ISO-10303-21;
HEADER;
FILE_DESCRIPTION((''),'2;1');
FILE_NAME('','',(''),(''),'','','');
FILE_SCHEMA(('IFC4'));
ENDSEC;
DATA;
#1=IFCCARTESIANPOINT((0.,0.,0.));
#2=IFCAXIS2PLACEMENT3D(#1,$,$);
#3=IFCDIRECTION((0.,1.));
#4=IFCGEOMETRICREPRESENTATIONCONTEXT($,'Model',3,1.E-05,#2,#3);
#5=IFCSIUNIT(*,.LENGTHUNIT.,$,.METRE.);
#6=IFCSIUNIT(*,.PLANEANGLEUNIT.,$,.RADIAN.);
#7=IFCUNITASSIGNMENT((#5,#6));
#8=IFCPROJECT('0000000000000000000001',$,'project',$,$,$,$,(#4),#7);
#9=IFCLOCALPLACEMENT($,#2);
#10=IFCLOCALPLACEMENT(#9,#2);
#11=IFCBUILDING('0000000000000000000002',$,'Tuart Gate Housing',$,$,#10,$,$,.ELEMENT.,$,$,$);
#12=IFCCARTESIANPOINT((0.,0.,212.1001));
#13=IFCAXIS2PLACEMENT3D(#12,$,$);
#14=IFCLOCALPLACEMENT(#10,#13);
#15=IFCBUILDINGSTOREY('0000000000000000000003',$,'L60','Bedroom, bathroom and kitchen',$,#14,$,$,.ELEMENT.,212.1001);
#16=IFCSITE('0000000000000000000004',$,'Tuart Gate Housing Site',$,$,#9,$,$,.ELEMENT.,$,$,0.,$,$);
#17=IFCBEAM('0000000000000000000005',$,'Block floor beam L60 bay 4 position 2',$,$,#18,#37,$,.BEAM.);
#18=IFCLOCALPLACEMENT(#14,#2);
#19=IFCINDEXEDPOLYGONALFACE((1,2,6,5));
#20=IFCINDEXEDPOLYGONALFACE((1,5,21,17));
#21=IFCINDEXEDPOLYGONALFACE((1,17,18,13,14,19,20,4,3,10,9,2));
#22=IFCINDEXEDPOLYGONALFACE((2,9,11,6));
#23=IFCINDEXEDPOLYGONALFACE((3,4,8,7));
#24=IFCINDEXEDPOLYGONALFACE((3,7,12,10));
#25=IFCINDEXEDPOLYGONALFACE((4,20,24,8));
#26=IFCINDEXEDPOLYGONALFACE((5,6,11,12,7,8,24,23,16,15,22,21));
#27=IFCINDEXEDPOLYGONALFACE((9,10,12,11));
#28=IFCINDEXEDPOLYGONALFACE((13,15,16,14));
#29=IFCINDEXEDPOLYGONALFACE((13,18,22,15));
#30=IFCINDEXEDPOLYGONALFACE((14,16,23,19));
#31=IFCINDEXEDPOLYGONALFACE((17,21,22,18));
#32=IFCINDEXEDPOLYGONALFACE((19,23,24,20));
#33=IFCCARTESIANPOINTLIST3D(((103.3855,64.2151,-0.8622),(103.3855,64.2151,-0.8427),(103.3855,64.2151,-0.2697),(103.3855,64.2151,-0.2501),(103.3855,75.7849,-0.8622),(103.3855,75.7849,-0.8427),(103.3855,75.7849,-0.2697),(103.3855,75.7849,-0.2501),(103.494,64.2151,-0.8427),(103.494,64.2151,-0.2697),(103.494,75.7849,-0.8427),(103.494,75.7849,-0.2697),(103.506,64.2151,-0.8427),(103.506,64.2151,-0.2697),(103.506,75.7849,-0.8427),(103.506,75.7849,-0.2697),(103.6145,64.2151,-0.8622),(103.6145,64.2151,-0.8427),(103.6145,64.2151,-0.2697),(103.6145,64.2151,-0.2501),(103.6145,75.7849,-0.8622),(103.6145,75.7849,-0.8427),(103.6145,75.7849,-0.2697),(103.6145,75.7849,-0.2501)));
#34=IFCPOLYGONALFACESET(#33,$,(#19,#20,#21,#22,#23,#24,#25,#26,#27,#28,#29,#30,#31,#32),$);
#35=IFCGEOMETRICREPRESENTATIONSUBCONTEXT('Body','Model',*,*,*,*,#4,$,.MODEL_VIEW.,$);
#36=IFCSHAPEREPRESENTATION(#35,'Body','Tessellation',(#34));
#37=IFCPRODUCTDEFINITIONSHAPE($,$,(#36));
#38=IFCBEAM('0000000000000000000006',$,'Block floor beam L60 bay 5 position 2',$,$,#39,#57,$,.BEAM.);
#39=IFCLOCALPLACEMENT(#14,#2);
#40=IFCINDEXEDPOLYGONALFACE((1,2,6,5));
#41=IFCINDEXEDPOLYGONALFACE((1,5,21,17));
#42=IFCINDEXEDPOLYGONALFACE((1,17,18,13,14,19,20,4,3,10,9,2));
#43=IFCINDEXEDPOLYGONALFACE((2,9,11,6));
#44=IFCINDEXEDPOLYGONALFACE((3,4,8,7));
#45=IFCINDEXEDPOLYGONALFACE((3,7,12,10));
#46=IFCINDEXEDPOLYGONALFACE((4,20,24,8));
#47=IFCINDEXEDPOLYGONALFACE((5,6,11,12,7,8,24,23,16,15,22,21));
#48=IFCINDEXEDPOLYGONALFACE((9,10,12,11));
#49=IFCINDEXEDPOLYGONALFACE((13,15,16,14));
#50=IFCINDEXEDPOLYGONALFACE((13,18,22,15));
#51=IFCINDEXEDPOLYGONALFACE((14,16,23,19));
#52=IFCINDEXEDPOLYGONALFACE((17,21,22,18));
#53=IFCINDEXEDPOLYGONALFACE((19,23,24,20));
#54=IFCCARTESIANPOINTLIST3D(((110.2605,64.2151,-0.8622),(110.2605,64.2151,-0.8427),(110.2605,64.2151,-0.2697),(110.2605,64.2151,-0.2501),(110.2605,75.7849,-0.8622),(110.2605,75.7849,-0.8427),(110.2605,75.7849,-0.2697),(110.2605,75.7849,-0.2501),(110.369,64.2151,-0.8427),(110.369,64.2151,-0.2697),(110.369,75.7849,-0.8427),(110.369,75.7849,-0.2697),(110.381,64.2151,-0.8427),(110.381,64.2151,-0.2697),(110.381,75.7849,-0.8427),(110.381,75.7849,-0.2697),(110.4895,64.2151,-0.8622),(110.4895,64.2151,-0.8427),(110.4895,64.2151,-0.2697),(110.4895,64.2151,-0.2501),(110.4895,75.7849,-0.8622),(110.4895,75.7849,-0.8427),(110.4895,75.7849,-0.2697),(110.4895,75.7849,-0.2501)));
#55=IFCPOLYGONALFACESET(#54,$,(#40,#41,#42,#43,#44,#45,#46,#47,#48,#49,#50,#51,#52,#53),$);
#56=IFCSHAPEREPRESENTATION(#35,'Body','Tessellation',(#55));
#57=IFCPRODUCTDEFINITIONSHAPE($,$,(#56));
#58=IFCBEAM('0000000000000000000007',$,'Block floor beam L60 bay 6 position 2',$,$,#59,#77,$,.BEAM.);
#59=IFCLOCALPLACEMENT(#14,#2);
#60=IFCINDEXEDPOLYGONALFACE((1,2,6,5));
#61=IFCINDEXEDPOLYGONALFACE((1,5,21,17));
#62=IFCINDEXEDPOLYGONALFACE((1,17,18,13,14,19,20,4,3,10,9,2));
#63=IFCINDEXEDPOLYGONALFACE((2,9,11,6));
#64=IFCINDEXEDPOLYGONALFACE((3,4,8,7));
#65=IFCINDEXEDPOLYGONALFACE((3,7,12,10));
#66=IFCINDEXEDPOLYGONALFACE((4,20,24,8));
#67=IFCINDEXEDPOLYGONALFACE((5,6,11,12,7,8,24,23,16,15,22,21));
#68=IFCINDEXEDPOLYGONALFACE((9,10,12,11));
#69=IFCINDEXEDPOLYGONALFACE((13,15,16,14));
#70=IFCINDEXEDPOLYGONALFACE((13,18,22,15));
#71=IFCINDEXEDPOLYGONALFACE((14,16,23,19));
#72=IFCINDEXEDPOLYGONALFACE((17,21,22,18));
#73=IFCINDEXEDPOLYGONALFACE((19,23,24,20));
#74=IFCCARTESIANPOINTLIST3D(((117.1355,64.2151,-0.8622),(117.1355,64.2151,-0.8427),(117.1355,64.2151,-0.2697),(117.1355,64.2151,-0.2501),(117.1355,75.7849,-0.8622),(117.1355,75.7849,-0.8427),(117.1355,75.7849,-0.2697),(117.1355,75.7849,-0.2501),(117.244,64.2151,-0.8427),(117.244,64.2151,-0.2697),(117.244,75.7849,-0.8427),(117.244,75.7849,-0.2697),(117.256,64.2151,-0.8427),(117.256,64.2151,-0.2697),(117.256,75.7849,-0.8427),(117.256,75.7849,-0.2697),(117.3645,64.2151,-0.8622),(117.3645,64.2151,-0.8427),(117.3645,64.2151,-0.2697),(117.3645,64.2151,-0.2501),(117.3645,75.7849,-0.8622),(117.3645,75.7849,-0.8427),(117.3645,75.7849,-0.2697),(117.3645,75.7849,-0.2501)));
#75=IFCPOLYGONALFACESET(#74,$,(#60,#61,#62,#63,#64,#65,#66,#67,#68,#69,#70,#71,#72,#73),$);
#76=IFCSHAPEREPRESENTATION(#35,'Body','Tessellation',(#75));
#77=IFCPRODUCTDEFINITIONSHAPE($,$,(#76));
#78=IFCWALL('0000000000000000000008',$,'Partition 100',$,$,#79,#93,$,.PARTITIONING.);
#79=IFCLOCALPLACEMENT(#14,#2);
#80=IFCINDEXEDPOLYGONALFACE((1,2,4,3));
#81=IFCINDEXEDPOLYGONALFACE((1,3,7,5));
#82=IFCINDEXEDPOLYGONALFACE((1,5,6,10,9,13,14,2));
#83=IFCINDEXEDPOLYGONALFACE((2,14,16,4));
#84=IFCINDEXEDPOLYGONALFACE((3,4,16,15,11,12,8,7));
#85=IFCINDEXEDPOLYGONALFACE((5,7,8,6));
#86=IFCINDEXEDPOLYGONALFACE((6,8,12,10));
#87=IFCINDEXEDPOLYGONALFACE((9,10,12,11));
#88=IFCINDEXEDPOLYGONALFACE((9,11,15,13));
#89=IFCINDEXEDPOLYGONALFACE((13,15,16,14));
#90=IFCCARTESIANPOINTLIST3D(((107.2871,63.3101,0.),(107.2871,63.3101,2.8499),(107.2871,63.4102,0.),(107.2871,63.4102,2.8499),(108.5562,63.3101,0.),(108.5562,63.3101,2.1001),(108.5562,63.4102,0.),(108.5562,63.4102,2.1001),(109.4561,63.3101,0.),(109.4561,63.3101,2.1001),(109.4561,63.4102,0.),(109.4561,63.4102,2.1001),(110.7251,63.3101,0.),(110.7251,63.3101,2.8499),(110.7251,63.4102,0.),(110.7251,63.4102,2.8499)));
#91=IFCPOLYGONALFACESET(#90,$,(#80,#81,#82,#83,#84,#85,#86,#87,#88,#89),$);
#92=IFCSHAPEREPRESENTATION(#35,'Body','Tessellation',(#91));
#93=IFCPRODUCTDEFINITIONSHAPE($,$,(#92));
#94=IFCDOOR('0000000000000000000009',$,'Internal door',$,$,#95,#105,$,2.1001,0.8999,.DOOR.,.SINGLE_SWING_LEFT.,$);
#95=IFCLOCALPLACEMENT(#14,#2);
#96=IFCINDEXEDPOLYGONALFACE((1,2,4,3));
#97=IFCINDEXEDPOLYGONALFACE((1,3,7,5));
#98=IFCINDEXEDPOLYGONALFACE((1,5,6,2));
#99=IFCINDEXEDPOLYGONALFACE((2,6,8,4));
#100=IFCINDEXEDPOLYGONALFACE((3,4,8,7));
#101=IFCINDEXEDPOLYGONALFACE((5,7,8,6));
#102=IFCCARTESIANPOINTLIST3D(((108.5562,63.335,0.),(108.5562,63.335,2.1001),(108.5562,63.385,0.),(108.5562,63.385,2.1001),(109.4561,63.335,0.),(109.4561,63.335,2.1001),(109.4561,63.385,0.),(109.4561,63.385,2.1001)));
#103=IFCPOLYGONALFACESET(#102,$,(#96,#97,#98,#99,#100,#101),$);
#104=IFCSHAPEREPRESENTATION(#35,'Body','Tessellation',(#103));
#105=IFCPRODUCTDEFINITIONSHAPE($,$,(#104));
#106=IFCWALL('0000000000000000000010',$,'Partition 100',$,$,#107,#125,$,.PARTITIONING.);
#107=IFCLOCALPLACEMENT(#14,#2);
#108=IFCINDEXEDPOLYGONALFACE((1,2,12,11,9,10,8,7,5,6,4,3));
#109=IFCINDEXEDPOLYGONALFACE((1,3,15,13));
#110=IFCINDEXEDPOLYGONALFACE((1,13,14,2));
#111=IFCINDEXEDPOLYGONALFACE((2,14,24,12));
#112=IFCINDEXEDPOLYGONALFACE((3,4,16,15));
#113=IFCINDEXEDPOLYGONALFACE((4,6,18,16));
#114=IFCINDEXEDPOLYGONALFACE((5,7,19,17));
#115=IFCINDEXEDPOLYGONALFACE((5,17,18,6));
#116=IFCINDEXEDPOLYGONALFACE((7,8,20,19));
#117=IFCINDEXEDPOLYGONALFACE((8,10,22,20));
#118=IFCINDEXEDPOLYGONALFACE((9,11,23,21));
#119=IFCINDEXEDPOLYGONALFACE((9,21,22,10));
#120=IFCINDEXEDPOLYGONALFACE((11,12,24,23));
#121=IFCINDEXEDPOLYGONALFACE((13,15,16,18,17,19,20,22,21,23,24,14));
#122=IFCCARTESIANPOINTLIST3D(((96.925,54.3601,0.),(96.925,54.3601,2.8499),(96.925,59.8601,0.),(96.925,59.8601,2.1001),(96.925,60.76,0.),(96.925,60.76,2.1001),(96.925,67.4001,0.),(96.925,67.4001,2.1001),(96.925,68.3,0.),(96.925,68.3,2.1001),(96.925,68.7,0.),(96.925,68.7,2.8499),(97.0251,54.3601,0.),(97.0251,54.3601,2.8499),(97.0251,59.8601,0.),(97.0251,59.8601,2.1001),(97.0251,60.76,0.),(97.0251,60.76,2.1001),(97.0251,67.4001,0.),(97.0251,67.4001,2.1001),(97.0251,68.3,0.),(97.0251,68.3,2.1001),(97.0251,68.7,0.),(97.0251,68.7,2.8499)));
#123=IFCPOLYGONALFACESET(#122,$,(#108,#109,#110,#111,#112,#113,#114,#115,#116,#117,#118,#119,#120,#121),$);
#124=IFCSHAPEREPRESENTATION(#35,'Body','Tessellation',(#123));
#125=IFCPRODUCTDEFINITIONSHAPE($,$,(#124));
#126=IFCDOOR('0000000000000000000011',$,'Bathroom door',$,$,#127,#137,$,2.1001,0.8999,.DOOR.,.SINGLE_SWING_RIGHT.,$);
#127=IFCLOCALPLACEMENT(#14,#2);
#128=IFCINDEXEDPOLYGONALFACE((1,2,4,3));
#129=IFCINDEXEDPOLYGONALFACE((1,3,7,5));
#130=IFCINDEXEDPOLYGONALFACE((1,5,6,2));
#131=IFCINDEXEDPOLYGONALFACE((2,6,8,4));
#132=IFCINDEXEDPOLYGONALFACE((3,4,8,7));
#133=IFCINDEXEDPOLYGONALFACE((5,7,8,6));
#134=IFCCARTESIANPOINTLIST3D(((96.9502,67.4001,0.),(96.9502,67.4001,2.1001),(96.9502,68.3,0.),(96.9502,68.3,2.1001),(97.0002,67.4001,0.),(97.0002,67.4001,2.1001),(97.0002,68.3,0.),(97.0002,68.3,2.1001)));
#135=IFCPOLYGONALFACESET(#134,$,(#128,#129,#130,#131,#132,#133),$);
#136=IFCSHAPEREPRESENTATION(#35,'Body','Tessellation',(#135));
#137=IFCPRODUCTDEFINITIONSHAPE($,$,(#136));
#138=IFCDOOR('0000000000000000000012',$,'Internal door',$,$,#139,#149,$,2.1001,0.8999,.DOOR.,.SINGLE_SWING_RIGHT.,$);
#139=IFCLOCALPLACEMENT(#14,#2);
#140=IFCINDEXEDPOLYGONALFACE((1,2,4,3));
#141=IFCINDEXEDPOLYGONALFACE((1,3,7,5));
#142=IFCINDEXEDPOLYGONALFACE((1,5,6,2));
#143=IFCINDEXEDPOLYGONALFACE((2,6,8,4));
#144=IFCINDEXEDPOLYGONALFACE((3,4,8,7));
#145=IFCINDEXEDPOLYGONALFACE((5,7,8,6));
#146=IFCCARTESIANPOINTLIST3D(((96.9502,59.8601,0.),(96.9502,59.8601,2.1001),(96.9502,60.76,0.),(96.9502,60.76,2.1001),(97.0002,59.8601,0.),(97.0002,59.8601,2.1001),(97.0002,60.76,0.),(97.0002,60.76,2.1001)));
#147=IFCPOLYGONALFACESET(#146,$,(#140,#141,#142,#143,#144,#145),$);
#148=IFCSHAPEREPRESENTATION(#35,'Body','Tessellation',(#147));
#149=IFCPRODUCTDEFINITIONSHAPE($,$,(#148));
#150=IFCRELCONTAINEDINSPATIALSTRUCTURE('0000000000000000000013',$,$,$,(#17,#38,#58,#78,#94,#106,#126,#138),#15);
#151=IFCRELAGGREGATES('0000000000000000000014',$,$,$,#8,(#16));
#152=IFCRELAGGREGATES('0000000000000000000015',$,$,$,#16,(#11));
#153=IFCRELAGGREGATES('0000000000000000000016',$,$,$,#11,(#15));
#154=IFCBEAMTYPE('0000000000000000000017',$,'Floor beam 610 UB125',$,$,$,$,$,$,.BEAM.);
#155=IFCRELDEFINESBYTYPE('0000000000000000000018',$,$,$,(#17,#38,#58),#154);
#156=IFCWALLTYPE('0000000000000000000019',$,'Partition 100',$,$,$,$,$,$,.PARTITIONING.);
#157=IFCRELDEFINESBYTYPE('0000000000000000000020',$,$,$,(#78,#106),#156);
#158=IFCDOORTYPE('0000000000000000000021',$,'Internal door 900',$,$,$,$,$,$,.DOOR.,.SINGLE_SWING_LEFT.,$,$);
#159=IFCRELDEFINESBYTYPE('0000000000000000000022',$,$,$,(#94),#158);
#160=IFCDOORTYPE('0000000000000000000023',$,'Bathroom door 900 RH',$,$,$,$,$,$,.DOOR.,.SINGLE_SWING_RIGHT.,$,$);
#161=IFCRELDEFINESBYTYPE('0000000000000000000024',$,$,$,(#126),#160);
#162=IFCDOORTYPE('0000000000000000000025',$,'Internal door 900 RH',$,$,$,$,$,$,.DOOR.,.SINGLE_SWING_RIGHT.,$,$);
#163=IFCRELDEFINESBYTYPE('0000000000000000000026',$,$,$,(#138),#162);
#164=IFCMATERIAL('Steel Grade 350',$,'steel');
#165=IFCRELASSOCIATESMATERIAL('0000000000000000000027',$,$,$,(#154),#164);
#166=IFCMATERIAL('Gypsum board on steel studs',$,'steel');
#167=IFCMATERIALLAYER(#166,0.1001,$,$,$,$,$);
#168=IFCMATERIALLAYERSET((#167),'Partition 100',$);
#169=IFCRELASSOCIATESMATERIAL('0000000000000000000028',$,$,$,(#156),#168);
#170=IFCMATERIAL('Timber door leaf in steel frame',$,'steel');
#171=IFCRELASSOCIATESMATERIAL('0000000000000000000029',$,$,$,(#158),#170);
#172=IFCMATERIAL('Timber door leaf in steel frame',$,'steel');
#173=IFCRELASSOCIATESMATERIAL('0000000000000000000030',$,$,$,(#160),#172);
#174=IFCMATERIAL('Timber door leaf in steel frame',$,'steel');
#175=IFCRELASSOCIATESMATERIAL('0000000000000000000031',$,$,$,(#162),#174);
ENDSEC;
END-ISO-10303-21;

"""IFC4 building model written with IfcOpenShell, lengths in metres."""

from ifc_helpers import new_model, si_unit, direction, frame, frame_2d, origin, origin_2d, place, context, subcontext, project, spatial, rectangle, i_section, extrude, material, layer, layer_set, material_profile, profile_set, type_object, element, fill, save


model = new_model("IFC4")

# Units and contexts
model_context = context("Model", 3, precision=1e-05, world=origin(), true_north=direction((0.0, 1.0)))
body_context = subcontext(model_context, "Body", "Model", "MODEL_VIEW")
ifc_project = project(units=[si_unit("LENGTHUNIT", "METRE"), si_unit("PLANEANGLEUNIT", "RADIAN")], contexts=[model_context])

# Site, building, storey
site_placement = place(None, origin())
site = spatial("IfcSite", under=ifc_project, at=site_placement, Name="Tuart Gate Housing Site", CompositionType="ELEMENT", RefElevation=0.0)
building_placement = place(site_placement, origin())
building = spatial("IfcBuilding", under=site, at=building_placement, Name="Tuart Gate Housing", CompositionType="ELEMENT")
storey_placement = place(building_placement, frame((0.0, 0.0, 212.1001)))
storey = spatial("IfcBuildingStorey", under=building, at=storey_placement, Name="L60", Description="Bedroom, bathroom and kitchen", CompositionType="ELEMENT", Elevation=212.1001)

# Beams
ifc_material_1 = material(Name="Steel Grade 350", Category="steel")
ifc_material_profile_1 = material_profile(ifc_material_1, i_section(OverallWidth=0.229, OverallDepth=0.6121, WebThickness=0.012, FlangeThickness=0.0195, at=origin_2d()), Name="610UB125")
ifc_profile_set_1 = profile_set([ifc_material_profile_1], Name="Steel Grade 350")
beam_type_1 = type_object("IfcBeamType", Name="Floor beam 610 UB125", PredefinedType="BEAM", material=ifc_profile_set_1)
for number, where, z_axis, x_axis, name in (
    (1, (103.5, 64.2151, -0.5562), (0.0, 1.0, 0.0), (-1.0, 0.0, 0.0), "Block floor beam L60 bay 4 position 2"),
    (2, (110.375, 64.2151, -0.5562), (0.0, 1.0, 0.0), (-1.0, 0.0, 0.0), "Block floor beam L60 bay 5 position 2"),
    (3, (117.25, 64.2151, -0.5562), (0.0, 1.0, 0.0), (-1.0, 0.0, 0.0), "Block floor beam L60 bay 6 position 2"),
):
    element("IfcBeam", number, at=place(storey_placement, frame(where, z_axis=z_axis, x_axis=x_axis)), inside=storey, type_object=beam_type_1, Name=name, PredefinedType="BEAM", context=body_context, shape_type="SweptSolid", body=[
        extrude(i_section(OverallWidth=0.229, OverallDepth=0.6121, WebThickness=0.012, FlangeThickness=0.0195, at=origin_2d()), origin(), (0.0, 0.0, 1.0), 11.5698),
    ])

# Wall, opening, door
ifc_material_2 = material(Name="Gypsum board on steel studs", Category="steel")
ifc_layer_1 = layer(ifc_material_2, 0.1001)
ifc_layer_set_1 = layer_set([ifc_layer_1], Name="Partition 100")
wall_type_1 = type_object("IfcWallType", Name="Partition 100", PredefinedType="PARTITIONING", material=ifc_layer_set_1)
wall_1_placement = place(storey_placement, frame((107.2871, 63.3601, 0.0), z_axis=(0.0, 0.0, 1.0), x_axis=(1.0, 0.0, 0.0)))
wall_1 = element("IfcWall", 4, at=wall_1_placement, inside=storey, type_object=wall_type_1, Name="Partition 100", PredefinedType="PARTITIONING", context=body_context, shape_type="SweptSolid", body=[
    extrude(rectangle(XDim=3.438, YDim=0.1001, at=frame_2d((1.719, 0.0))), origin(), (0.0, 0.0, 1.0), 2.8499),
])
opening_1_placement = place(wall_1_placement, frame((1.269, 0.0, 0.0)))
opening_1 = element("IfcOpeningElement", 5, at=opening_1_placement, cuts=wall_1, PredefinedType="OPENING", context=body_context, shape_type="SweptSolid", body=[
    extrude(rectangle(XDim=0.8999, YDim=2.1001, at=frame_2d((0.45, 1.05))), frame((0.0, 0.0601, 0.0), z_axis=(0.0, -1.0, 0.0), x_axis=(1.0, 0.0, 0.0)), (0.0, 0.0, 1.0), 0.1201),
])
ifc_material_3 = material(Name="Timber door leaf in steel frame", Category="steel")
door_type_1 = type_object("IfcDoorType", Name="Internal door 900", OperationType="SINGLE_SWING_LEFT", PredefinedType="DOOR", material=ifc_material_3)
door_1_placement = place(opening_1_placement, origin())
door_1 = element("IfcDoor", 6, at=door_1_placement, inside=storey, type_object=door_type_1, Name="Internal door", OperationType="SINGLE_SWING_LEFT", OverallHeight=2.1001, OverallWidth=0.8999, PredefinedType="DOOR", context=body_context, shape_type="SweptSolid", body=[
    extrude(rectangle(XDim=0.8999, YDim=2.1001, at=frame_2d((0.45, 1.05))), frame((0.0, 0.0249, 0.0), z_axis=(0.0, -1.0, 0.0), x_axis=(1.0, 0.0, 0.0)), (0.0, 0.0, 1.0), 0.05),
])
fill(opening_1, door_1)

# Wall, openings, doors
wall_2_placement = place(storey_placement, frame((96.9751, 54.3601, 0.0), z_axis=(0.0, 0.0, 1.0), x_axis=(0.0, 1.0, 0.0)))
wall_2 = element("IfcWall", 7, at=wall_2_placement, inside=storey, type_object=wall_type_1, Name="Partition 100", PredefinedType="PARTITIONING", context=body_context, shape_type="SweptSolid", body=[
    extrude(rectangle(XDim=14.3398, YDim=0.1001, at=frame_2d((7.1699, 0.0))), origin(), (0.0, 0.0, 1.0), 2.8499),
])
opening_2_placement = place(wall_2_placement, frame((5.5, 0.0, 0.0)))
opening_2 = element("IfcOpeningElement", 8, at=opening_2_placement, cuts=wall_2, PredefinedType="OPENING", context=body_context, shape_type="SweptSolid", body=[
    extrude(rectangle(XDim=0.8999, YDim=2.1001, at=frame_2d((0.45, 1.05))), frame((0.0, 0.0601, 0.0), z_axis=(0.0, -1.0, 0.0), x_axis=(1.0, 0.0, 0.0)), (0.0, 0.0, 1.0), 0.1201),
])
opening_3_placement = place(wall_2_placement, frame((13.04, 0.0, 0.0)))
opening_3 = element("IfcOpeningElement", 9, at=opening_3_placement, cuts=wall_2, PredefinedType="OPENING", context=body_context, shape_type="SweptSolid", body=[
    extrude(rectangle(XDim=0.8999, YDim=2.1001, at=frame_2d((0.45, 1.05))), frame((0.0, 0.0601, 0.0), z_axis=(0.0, -1.0, 0.0), x_axis=(1.0, 0.0, 0.0)), (0.0, 0.0, 1.0), 0.1201),
])
ifc_material_4 = material(Name="Timber door leaf in steel frame", Category="steel")
door_type_2 = type_object("IfcDoorType", Name="Bathroom door 900 RH", OperationType="SINGLE_SWING_RIGHT", PredefinedType="DOOR", material=ifc_material_4)
door_2_placement = place(opening_3_placement, origin())
door_2 = element("IfcDoor", 10, at=door_2_placement, inside=storey, type_object=door_type_2, Name="Bathroom door", OperationType="SINGLE_SWING_RIGHT", OverallHeight=2.1001, OverallWidth=0.8999, PredefinedType="DOOR", context=body_context, shape_type="SweptSolid", body=[
    extrude(rectangle(XDim=0.8999, YDim=2.1001, at=frame_2d((0.45, 1.05))), frame((0.0, 0.0249, 0.0), z_axis=(0.0, -1.0, 0.0), x_axis=(1.0, 0.0, 0.0)), (0.0, 0.0, 1.0), 0.05),
])
fill(opening_3, door_2)
ifc_material_5 = material(Name="Timber door leaf in steel frame", Category="steel")
door_type_3 = type_object("IfcDoorType", Name="Internal door 900 RH", OperationType="SINGLE_SWING_RIGHT", PredefinedType="DOOR", material=ifc_material_5)
door_3_placement = place(opening_2_placement, origin())
door_3 = element("IfcDoor", 11, at=door_3_placement, inside=storey, type_object=door_type_3, Name="Internal door", OperationType="SINGLE_SWING_RIGHT", OverallHeight=2.1001, OverallWidth=0.8999, PredefinedType="DOOR", context=body_context, shape_type="SweptSolid", body=[
    extrude(rectangle(XDim=0.8999, YDim=2.1001, at=frame_2d((0.45, 1.05))), frame((0.0, 0.0249, 0.0), z_axis=(0.0, -1.0, 0.0), x_axis=(1.0, 0.0, 0.0)), (0.0, 0.0, 1.0), 0.05),
])
fill(opening_2, door_3)

save(model, "model.ifc")
